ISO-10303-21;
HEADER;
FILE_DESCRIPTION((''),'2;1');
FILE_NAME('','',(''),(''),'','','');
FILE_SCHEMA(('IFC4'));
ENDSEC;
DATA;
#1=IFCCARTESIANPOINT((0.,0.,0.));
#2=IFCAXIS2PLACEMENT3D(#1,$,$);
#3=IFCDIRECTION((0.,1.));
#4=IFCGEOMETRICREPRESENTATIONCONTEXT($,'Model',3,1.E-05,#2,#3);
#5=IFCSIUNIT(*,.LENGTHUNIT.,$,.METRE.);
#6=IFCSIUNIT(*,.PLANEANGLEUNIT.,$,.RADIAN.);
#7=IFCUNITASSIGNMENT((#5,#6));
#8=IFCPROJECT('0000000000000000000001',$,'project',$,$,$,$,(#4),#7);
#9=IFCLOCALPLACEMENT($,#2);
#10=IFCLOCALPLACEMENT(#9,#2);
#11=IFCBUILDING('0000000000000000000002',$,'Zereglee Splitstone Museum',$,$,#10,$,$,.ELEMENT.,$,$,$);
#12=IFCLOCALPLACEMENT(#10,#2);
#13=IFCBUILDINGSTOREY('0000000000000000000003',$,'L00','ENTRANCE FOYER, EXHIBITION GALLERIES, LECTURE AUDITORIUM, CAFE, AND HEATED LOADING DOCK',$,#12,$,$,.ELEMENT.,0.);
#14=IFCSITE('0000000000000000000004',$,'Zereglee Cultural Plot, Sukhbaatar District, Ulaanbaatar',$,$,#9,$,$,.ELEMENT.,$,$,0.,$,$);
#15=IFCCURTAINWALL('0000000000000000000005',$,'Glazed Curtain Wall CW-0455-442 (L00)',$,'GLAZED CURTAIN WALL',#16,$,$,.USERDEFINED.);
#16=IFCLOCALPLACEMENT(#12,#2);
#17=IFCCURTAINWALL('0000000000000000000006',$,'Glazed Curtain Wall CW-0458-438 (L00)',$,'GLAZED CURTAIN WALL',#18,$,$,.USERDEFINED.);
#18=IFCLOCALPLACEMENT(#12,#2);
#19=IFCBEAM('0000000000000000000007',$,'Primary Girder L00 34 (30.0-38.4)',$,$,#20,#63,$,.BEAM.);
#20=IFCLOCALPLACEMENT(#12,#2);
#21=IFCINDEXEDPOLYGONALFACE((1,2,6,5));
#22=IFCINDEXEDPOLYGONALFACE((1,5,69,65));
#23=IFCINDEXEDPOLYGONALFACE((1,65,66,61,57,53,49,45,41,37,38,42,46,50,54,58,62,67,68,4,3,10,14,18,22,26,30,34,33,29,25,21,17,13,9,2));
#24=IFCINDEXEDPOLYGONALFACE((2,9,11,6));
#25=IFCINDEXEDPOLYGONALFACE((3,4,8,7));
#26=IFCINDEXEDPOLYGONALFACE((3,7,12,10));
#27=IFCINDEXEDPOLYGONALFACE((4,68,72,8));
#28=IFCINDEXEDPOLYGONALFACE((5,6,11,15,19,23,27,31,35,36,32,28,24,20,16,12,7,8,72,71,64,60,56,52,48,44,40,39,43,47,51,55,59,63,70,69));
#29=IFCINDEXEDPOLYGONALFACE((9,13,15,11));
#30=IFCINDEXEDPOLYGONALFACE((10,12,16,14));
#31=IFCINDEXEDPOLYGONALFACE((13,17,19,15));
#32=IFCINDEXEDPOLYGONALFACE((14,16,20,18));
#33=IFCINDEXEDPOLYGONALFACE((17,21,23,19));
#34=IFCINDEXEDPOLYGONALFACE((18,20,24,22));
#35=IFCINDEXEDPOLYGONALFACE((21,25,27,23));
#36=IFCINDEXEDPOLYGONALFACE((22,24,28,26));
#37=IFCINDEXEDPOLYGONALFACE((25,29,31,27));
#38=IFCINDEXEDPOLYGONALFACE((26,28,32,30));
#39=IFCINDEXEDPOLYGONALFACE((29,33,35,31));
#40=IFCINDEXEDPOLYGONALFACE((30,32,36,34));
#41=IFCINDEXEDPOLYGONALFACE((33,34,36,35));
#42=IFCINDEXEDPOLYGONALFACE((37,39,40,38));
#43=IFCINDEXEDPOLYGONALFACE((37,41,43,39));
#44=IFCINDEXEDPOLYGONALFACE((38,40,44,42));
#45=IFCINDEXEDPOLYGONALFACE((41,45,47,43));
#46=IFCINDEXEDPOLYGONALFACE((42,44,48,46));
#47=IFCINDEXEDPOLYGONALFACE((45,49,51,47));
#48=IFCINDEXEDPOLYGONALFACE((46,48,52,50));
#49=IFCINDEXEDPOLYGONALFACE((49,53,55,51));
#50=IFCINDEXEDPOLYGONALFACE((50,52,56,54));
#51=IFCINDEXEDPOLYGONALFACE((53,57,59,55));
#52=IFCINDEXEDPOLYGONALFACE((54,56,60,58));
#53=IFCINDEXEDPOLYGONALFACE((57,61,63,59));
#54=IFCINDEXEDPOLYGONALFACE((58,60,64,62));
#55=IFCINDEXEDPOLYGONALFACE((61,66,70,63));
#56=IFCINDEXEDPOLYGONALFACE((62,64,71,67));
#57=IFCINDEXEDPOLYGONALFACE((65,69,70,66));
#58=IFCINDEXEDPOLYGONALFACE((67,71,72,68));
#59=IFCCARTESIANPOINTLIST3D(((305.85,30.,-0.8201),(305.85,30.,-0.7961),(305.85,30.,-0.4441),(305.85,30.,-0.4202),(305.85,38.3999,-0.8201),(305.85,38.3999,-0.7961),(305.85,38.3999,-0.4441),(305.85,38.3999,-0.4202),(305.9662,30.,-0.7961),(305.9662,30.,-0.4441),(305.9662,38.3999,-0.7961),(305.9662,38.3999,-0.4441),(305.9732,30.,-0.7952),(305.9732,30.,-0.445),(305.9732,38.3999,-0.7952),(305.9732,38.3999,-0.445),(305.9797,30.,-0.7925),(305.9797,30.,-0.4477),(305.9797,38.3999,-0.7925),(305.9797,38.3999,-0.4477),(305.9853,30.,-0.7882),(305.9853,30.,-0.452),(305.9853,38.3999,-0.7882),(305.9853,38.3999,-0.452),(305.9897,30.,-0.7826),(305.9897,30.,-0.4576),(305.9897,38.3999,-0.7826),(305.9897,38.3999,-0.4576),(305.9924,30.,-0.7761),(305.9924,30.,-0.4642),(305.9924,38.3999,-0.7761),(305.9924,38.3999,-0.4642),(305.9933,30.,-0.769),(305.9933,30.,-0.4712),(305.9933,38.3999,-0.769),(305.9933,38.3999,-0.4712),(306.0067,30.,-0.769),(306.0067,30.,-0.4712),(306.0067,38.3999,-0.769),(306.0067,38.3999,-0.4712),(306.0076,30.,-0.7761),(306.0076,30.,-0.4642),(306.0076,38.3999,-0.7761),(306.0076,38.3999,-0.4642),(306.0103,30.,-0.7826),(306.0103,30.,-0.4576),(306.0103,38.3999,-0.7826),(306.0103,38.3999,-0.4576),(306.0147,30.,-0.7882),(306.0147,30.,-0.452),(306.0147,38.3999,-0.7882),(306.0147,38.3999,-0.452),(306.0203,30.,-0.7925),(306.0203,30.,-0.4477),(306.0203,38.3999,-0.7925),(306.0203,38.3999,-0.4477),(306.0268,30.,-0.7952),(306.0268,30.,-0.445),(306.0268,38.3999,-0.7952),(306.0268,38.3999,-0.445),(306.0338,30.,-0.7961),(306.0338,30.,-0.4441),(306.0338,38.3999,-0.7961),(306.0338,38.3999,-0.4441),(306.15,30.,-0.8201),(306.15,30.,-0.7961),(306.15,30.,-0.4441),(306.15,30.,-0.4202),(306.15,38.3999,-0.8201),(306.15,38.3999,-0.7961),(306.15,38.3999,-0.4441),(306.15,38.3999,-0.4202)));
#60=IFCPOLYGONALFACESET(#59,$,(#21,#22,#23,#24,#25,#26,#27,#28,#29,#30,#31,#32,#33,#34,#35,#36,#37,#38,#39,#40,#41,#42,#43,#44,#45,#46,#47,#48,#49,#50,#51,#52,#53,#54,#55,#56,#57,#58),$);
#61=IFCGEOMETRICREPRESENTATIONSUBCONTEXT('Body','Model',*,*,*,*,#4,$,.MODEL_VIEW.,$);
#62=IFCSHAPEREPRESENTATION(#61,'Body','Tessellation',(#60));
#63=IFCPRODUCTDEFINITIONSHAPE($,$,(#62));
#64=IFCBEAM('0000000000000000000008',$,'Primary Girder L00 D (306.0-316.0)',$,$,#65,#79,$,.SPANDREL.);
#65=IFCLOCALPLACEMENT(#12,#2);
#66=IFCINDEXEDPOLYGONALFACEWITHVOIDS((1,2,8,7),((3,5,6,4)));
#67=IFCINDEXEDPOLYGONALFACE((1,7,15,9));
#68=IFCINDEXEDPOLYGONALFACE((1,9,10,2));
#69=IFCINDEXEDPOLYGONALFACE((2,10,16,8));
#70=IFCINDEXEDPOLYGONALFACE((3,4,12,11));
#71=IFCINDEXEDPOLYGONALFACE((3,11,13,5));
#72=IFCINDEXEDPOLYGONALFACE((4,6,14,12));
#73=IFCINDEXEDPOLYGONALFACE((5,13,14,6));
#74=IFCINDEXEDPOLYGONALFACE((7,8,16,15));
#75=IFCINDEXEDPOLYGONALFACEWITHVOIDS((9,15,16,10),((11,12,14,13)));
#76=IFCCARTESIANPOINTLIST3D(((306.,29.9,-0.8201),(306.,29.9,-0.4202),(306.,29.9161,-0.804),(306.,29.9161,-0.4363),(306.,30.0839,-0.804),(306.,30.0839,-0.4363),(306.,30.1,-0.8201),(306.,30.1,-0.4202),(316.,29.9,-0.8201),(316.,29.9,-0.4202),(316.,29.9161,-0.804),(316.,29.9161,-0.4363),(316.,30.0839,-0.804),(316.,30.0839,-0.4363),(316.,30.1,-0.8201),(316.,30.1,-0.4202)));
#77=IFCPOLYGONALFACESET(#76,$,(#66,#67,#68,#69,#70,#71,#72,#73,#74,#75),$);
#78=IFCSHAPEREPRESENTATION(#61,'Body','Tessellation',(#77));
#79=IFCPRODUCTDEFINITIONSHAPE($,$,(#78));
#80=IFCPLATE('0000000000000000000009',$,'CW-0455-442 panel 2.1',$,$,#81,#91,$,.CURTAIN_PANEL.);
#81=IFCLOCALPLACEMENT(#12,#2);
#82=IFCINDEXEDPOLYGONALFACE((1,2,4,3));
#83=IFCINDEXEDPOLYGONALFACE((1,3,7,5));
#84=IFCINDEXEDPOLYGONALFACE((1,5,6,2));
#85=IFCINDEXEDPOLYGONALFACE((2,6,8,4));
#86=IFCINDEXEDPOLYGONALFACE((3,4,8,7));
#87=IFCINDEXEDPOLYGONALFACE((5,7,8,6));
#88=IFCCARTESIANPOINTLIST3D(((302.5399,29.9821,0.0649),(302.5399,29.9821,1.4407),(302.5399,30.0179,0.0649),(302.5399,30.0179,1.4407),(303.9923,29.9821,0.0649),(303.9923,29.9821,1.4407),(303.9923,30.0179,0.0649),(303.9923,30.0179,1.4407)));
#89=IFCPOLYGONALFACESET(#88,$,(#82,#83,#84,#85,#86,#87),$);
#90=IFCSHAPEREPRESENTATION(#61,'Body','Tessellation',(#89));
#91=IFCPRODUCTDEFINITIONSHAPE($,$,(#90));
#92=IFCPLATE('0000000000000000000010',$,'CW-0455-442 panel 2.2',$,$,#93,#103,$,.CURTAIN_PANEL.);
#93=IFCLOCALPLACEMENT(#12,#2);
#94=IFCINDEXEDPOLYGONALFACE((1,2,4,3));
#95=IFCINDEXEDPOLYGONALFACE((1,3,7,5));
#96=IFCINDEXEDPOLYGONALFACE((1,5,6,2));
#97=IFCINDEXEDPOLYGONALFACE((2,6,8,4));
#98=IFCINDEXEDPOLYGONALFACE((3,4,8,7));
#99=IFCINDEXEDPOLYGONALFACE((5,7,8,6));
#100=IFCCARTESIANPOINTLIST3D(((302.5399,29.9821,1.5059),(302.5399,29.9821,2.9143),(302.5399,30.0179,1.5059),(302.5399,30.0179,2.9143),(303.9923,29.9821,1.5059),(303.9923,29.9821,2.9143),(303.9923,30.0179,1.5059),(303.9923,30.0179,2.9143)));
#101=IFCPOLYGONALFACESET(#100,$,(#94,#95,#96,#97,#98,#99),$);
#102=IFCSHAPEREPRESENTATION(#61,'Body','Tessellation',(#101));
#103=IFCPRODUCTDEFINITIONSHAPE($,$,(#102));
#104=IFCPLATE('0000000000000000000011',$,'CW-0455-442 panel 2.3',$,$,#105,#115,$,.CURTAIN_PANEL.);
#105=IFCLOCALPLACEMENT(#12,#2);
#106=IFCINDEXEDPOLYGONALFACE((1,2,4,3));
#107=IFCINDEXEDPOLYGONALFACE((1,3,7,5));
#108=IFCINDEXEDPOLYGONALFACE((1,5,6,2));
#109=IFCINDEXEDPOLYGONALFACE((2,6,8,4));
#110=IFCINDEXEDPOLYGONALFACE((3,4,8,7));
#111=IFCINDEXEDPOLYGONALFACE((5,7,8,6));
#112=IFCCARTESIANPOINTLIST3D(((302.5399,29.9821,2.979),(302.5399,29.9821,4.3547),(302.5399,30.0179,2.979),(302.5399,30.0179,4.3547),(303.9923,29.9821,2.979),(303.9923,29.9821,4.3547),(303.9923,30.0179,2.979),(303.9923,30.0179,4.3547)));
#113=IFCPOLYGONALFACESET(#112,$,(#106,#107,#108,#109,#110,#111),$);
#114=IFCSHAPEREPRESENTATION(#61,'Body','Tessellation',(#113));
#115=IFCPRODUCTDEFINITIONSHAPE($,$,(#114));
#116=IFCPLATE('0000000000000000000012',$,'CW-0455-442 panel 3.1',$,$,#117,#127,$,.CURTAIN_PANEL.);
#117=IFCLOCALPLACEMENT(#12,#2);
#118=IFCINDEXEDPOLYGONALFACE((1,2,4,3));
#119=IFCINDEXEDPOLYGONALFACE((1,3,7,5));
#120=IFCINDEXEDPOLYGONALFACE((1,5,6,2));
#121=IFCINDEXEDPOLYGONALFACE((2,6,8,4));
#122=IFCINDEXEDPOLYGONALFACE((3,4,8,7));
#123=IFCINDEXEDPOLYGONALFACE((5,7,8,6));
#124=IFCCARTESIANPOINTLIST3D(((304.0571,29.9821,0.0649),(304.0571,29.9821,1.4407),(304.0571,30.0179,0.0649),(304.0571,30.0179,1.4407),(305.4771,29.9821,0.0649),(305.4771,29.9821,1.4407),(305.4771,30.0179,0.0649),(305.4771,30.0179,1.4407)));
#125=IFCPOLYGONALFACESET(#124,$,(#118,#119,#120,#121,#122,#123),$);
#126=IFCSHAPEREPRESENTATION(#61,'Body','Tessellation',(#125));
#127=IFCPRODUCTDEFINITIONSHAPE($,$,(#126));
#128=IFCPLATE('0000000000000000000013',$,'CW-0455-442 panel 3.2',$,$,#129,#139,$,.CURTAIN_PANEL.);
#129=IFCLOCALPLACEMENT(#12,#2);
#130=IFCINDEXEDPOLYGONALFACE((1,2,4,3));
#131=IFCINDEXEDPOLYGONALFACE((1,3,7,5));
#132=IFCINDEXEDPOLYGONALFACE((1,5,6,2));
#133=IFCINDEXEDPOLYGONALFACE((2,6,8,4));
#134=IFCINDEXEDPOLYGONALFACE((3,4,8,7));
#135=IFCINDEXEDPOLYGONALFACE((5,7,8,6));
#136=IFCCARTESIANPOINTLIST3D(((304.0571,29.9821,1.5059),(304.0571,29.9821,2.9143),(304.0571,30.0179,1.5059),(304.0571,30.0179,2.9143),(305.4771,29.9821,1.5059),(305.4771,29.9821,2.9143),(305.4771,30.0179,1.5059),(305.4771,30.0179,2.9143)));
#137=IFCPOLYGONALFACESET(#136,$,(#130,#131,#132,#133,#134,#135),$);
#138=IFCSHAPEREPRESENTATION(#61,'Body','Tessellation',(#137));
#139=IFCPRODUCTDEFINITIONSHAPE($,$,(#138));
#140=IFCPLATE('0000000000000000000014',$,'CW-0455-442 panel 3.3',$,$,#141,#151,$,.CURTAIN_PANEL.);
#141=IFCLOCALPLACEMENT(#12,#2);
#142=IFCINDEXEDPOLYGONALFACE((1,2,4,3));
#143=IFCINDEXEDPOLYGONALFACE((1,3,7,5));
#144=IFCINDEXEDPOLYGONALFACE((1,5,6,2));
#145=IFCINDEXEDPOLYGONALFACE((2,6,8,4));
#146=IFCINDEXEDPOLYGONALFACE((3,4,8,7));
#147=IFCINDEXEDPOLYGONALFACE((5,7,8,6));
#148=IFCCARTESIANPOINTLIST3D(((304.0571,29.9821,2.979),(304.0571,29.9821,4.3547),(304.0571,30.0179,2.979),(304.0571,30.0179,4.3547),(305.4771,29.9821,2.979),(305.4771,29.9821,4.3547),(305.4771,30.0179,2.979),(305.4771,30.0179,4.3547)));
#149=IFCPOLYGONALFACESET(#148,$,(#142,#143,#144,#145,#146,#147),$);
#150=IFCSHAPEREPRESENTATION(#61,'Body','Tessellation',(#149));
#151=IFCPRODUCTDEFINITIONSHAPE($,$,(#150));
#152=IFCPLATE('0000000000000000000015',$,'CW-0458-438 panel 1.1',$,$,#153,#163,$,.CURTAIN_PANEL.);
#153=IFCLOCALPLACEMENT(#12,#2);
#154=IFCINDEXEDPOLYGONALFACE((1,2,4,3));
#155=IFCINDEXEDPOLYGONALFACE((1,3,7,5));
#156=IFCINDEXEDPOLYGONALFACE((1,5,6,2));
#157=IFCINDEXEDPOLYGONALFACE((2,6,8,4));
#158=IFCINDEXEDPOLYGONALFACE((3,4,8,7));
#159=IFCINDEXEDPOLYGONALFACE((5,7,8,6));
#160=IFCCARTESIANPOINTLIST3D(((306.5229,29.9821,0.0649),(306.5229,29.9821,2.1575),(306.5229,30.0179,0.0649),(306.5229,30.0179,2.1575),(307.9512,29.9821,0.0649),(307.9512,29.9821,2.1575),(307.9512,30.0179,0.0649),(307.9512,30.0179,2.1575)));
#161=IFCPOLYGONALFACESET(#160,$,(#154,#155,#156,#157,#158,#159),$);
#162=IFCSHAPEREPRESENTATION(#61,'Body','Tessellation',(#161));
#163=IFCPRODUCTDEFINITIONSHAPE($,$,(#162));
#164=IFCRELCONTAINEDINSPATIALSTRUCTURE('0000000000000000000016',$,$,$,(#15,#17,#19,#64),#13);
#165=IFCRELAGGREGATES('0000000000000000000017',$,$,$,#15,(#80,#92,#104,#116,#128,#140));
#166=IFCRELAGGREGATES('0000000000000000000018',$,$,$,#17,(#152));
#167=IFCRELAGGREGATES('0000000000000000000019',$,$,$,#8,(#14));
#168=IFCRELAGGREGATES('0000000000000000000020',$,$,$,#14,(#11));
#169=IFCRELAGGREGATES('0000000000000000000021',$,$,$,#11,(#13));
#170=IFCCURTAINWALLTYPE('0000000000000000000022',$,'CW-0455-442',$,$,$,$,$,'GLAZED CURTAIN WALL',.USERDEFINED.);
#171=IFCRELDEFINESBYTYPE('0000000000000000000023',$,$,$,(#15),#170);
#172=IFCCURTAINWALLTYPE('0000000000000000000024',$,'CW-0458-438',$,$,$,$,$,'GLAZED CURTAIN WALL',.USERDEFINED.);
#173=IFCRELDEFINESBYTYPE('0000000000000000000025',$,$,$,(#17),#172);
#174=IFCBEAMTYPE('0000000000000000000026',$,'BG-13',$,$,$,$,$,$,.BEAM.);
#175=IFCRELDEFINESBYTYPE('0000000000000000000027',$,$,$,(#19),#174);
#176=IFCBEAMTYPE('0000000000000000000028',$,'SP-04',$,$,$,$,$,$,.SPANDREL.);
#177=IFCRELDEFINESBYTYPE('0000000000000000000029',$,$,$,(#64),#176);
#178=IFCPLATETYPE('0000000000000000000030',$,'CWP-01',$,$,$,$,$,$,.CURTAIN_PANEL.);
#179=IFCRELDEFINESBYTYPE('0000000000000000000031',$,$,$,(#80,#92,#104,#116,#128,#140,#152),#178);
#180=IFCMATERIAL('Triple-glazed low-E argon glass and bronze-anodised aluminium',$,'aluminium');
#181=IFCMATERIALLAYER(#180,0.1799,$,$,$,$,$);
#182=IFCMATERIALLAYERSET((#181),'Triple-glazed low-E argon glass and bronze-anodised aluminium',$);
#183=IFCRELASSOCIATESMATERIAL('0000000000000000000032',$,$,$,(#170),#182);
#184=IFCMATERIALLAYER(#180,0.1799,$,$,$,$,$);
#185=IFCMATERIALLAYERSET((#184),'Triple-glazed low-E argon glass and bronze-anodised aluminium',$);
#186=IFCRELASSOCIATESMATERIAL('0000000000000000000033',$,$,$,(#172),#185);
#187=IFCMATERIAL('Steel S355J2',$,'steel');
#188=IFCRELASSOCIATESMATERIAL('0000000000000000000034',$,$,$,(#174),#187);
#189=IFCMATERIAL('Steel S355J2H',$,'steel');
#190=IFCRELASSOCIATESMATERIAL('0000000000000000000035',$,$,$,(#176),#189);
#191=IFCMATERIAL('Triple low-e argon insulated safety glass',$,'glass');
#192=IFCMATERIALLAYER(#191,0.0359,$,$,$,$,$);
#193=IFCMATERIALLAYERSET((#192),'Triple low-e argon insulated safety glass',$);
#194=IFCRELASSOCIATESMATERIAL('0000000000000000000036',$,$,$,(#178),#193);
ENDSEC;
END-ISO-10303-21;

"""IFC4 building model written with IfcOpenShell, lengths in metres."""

from ifc_helpers import new_model, si_unit, direction, frame, origin, origin_2d, place, context, subcontext, project, spatial, rectangle, hollow_rectangle, i_section, extrude, material, layer, layer_set, material_profile, profile_set, type_object, element, aggregate, save


model = new_model("IFC4")

# Units and contexts
model_context = context("Model", 3, precision=1e-05, world=origin(), true_north=direction((0.0, 1.0)))
body_context = subcontext(model_context, "Body", "Model", "MODEL_VIEW")
ifc_project = project(units=[si_unit("LENGTHUNIT", "METRE"), si_unit("PLANEANGLEUNIT", "RADIAN")], contexts=[model_context])

# Site, building, storey
site_placement = place(None, origin())
site = spatial("IfcSite", under=ifc_project, at=site_placement, Name="Zereglee Cultural Plot, Sukhbaatar District, Ulaanbaatar", CompositionType="ELEMENT", RefElevation=0.0)
building_placement = place(site_placement, origin())
building = spatial("IfcBuilding", under=site, at=building_placement, Name="Zereglee Splitstone Museum", CompositionType="ELEMENT")
storey_placement = place(building_placement, origin())
storey = spatial("IfcBuildingStorey", under=building, at=storey_placement, Name="L00", Description="ENTRANCE FOYER, EXHIBITION GALLERIES, LECTURE AUDITORIUM, CAFE, AND HEATED LOADING DOCK", CompositionType="ELEMENT", Elevation=0.0)

# Curtain wall
ifc_material_1 = material(Name="Triple-glazed low-E argon glass and bronze-anodised aluminium", Category="aluminium")
ifc_layer_1 = layer(ifc_material_1, 0.1799)
ifc_layer_set_1 = layer_set([ifc_layer_1], Name="Triple-glazed low-E argon glass and bronze-anodised aluminium")
curtain_wall_type_1 = type_object("IfcCurtainWallType", Name="CW-0455-442", ElementType="GLAZED CURTAIN WALL", PredefinedType="USERDEFINED", material=ifc_layer_set_1)
curtain_wall_1_placement = place(storey_placement, origin())
curtain_wall_1 = element("IfcCurtainWall", 1, at=curtain_wall_1_placement, inside=storey, type_object=curtain_wall_type_1, Name="Glazed Curtain Wall CW-0455-442 (L00)", ObjectType="GLAZED CURTAIN WALL", PredefinedType="USERDEFINED")

# Curtain wall
ifc_layer_2 = layer(ifc_material_1, 0.1799)
ifc_layer_set_2 = layer_set([ifc_layer_2], Name="Triple-glazed low-E argon glass and bronze-anodised aluminium")
curtain_wall_type_2 = type_object("IfcCurtainWallType", Name="CW-0458-438", ElementType="GLAZED CURTAIN WALL", PredefinedType="USERDEFINED", material=ifc_layer_set_2)
curtain_wall_2_placement = place(storey_placement, origin())
curtain_wall_2 = element("IfcCurtainWall", 2, at=curtain_wall_2_placement, inside=storey, type_object=curtain_wall_type_2, Name="Glazed Curtain Wall CW-0458-438 (L00)", ObjectType="GLAZED CURTAIN WALL", PredefinedType="USERDEFINED")

# Beams
ifc_material_2 = material(Name="Steel S355J2", Category="steel")
ifc_material_profile_1 = material_profile(ifc_material_2, i_section(OverallWidth=0.3, OverallDepth=0.3999, WebThickness=0.0134, FlangeThickness=0.0239, FilletRadius=0.0271, at=origin_2d()), Name="HE 400 B")
ifc_profile_set_1 = profile_set([ifc_material_profile_1], Name="Steel S355J2")
beam_type_1 = type_object("IfcBeamType", Name="BG-13", PredefinedType="BEAM", material=ifc_profile_set_1)
beam_1_placement = place(storey_placement, frame((306.0, 30.0, -0.6201), z_axis=(0.0, 1.0, 0.0), x_axis=(-1.0, 0.0, 0.0)))
element("IfcBeam", 3, at=beam_1_placement, inside=storey, type_object=beam_type_1, Name="Primary Girder L00 34 (30.0-38.4)", PredefinedType="BEAM", context=body_context, shape_type="SweptSolid", body=[
    extrude(i_section(OverallWidth=0.3, OverallDepth=0.3999, WebThickness=0.0134, FlangeThickness=0.0239, FilletRadius=0.0271, at=origin_2d()), origin(), (0.0, 0.0, 1.0), 8.3999),
])
ifc_material_3 = material(Name="Steel S355J2H", Category="steel")
ifc_material_profile_2 = material_profile(ifc_material_3, hollow_rectangle(XDim=0.2, YDim=0.3999, WallThickness=0.0161, at=origin_2d()), Name="RHS 400x200x16")
ifc_profile_set_2 = profile_set([ifc_material_profile_2], Name="Steel S355J2H")
beam_type_2 = type_object("IfcBeamType", Name="SP-04", PredefinedType="SPANDREL", material=ifc_profile_set_2)
beam_2_placement = place(storey_placement, frame((306.0, 30.0, -0.6201), z_axis=(1.0, 0.0, 0.0), x_axis=(0.0, 1.0, 0.0)))
element("IfcBeam", 4, at=beam_2_placement, inside=storey, type_object=beam_type_2, Name="Primary Girder L00 D (306.0-316.0)", PredefinedType="SPANDREL", context=body_context, shape_type="SweptSolid", body=[
    extrude(hollow_rectangle(XDim=0.2, YDim=0.3999, WallThickness=0.0161, at=origin_2d()), origin(), (0.0, 0.0, 1.0), 10.0),
])

# Plates
ifc_material_4 = material(Name="Triple low-e argon insulated safety glass", Category="glass")
ifc_layer_3 = layer(ifc_material_4, 0.0359)
ifc_layer_set_3 = layer_set([ifc_layer_3], Name="Triple low-e argon insulated safety glass")
plate_type = type_object("IfcPlateType", Name="CWP-01", PredefinedType="CURTAIN_PANEL", material=ifc_layer_set_3)
plate_1_placement = place(storey_placement, frame((303.2661, 30.0, 0.0649), z_axis=(0.0, 0.0, 1.0), x_axis=(1.0, 0.0, 0.0)))
plate_1 = element("IfcPlate", 5, at=plate_1_placement, type_object=plate_type, Name="CW-0455-442 panel 2.1", PredefinedType="CURTAIN_PANEL", context=body_context, shape_type="SweptSolid", body=[
    extrude(rectangle(XDim=1.4524, YDim=0.0359, at=origin_2d()), origin(), (0.0, 0.0, 1.0), 1.3757),
])
plate_2_placement = place(storey_placement, frame((303.2661, 30.0, 1.5059), z_axis=(0.0, 0.0, 1.0), x_axis=(1.0, 0.0, 0.0)))
plate_2 = element("IfcPlate", 6, at=plate_2_placement, type_object=plate_type, Name="CW-0455-442 panel 2.2", PredefinedType="CURTAIN_PANEL", context=body_context, shape_type="SweptSolid", body=[
    extrude(rectangle(XDim=1.4524, YDim=0.0359, at=origin_2d()), origin(), (0.0, 0.0, 1.0), 1.4084),
])
plate_3_placement = place(storey_placement, frame((303.2661, 30.0, 2.979), z_axis=(0.0, 0.0, 1.0), x_axis=(1.0, 0.0, 0.0)))
plate_3 = element("IfcPlate", 7, at=plate_3_placement, type_object=plate_type, Name="CW-0455-442 panel 2.3", PredefinedType="CURTAIN_PANEL", context=body_context, shape_type="SweptSolid", body=[
    extrude(rectangle(XDim=1.4524, YDim=0.0359, at=origin_2d()), origin(), (0.0, 0.0, 1.0), 1.3757),
])
plate_4_placement = place(storey_placement, frame((304.7671, 30.0, 0.0649), z_axis=(0.0, 0.0, 1.0), x_axis=(1.0, 0.0, 0.0)))
plate_4 = element("IfcPlate", 8, at=plate_4_placement, type_object=plate_type, Name="CW-0455-442 panel 3.1", PredefinedType="CURTAIN_PANEL", context=body_context, shape_type="SweptSolid", body=[
    extrude(rectangle(XDim=1.4199, YDim=0.0359, at=origin_2d()), origin(), (0.0, 0.0, 1.0), 1.3757),
])
plate_5_placement = place(storey_placement, frame((304.7671, 30.0, 1.5059), z_axis=(0.0, 0.0, 1.0), x_axis=(1.0, 0.0, 0.0)))
plate_5 = element("IfcPlate", 9, at=plate_5_placement, type_object=plate_type, Name="CW-0455-442 panel 3.2", PredefinedType="CURTAIN_PANEL", context=body_context, shape_type="SweptSolid", body=[
    extrude(rectangle(XDim=1.4199, YDim=0.0359, at=origin_2d()), origin(), (0.0, 0.0, 1.0), 1.4084),
])
plate_6_placement = place(storey_placement, frame((304.7671, 30.0, 2.979), z_axis=(0.0, 0.0, 1.0), x_axis=(1.0, 0.0, 0.0)))
plate_6 = element("IfcPlate", 10, at=plate_6_placement, type_object=plate_type, Name="CW-0455-442 panel 3.3", PredefinedType="CURTAIN_PANEL", context=body_context, shape_type="SweptSolid", body=[
    extrude(rectangle(XDim=1.4199, YDim=0.0359, at=origin_2d()), origin(), (0.0, 0.0, 1.0), 1.3757),
])
aggregate(curtain_wall_1, [plate_1, plate_2, plate_3, plate_4, plate_5, plate_6])
plate_7_placement = place(storey_placement, frame((307.2371, 30.0, 0.0649), z_axis=(0.0, 0.0, 1.0), x_axis=(1.0, 0.0, 0.0)))
plate_7 = element("IfcPlate", 11, at=plate_7_placement, type_object=plate_type, Name="CW-0458-438 panel 1.1", PredefinedType="CURTAIN_PANEL", context=body_context, shape_type="SweptSolid", body=[
    extrude(rectangle(XDim=1.4282, YDim=0.0359, at=origin_2d()), origin(), (0.0, 0.0, 1.0), 2.0925),
])
aggregate(curtain_wall_2, [plate_7])

save(model, "model.ifc")
